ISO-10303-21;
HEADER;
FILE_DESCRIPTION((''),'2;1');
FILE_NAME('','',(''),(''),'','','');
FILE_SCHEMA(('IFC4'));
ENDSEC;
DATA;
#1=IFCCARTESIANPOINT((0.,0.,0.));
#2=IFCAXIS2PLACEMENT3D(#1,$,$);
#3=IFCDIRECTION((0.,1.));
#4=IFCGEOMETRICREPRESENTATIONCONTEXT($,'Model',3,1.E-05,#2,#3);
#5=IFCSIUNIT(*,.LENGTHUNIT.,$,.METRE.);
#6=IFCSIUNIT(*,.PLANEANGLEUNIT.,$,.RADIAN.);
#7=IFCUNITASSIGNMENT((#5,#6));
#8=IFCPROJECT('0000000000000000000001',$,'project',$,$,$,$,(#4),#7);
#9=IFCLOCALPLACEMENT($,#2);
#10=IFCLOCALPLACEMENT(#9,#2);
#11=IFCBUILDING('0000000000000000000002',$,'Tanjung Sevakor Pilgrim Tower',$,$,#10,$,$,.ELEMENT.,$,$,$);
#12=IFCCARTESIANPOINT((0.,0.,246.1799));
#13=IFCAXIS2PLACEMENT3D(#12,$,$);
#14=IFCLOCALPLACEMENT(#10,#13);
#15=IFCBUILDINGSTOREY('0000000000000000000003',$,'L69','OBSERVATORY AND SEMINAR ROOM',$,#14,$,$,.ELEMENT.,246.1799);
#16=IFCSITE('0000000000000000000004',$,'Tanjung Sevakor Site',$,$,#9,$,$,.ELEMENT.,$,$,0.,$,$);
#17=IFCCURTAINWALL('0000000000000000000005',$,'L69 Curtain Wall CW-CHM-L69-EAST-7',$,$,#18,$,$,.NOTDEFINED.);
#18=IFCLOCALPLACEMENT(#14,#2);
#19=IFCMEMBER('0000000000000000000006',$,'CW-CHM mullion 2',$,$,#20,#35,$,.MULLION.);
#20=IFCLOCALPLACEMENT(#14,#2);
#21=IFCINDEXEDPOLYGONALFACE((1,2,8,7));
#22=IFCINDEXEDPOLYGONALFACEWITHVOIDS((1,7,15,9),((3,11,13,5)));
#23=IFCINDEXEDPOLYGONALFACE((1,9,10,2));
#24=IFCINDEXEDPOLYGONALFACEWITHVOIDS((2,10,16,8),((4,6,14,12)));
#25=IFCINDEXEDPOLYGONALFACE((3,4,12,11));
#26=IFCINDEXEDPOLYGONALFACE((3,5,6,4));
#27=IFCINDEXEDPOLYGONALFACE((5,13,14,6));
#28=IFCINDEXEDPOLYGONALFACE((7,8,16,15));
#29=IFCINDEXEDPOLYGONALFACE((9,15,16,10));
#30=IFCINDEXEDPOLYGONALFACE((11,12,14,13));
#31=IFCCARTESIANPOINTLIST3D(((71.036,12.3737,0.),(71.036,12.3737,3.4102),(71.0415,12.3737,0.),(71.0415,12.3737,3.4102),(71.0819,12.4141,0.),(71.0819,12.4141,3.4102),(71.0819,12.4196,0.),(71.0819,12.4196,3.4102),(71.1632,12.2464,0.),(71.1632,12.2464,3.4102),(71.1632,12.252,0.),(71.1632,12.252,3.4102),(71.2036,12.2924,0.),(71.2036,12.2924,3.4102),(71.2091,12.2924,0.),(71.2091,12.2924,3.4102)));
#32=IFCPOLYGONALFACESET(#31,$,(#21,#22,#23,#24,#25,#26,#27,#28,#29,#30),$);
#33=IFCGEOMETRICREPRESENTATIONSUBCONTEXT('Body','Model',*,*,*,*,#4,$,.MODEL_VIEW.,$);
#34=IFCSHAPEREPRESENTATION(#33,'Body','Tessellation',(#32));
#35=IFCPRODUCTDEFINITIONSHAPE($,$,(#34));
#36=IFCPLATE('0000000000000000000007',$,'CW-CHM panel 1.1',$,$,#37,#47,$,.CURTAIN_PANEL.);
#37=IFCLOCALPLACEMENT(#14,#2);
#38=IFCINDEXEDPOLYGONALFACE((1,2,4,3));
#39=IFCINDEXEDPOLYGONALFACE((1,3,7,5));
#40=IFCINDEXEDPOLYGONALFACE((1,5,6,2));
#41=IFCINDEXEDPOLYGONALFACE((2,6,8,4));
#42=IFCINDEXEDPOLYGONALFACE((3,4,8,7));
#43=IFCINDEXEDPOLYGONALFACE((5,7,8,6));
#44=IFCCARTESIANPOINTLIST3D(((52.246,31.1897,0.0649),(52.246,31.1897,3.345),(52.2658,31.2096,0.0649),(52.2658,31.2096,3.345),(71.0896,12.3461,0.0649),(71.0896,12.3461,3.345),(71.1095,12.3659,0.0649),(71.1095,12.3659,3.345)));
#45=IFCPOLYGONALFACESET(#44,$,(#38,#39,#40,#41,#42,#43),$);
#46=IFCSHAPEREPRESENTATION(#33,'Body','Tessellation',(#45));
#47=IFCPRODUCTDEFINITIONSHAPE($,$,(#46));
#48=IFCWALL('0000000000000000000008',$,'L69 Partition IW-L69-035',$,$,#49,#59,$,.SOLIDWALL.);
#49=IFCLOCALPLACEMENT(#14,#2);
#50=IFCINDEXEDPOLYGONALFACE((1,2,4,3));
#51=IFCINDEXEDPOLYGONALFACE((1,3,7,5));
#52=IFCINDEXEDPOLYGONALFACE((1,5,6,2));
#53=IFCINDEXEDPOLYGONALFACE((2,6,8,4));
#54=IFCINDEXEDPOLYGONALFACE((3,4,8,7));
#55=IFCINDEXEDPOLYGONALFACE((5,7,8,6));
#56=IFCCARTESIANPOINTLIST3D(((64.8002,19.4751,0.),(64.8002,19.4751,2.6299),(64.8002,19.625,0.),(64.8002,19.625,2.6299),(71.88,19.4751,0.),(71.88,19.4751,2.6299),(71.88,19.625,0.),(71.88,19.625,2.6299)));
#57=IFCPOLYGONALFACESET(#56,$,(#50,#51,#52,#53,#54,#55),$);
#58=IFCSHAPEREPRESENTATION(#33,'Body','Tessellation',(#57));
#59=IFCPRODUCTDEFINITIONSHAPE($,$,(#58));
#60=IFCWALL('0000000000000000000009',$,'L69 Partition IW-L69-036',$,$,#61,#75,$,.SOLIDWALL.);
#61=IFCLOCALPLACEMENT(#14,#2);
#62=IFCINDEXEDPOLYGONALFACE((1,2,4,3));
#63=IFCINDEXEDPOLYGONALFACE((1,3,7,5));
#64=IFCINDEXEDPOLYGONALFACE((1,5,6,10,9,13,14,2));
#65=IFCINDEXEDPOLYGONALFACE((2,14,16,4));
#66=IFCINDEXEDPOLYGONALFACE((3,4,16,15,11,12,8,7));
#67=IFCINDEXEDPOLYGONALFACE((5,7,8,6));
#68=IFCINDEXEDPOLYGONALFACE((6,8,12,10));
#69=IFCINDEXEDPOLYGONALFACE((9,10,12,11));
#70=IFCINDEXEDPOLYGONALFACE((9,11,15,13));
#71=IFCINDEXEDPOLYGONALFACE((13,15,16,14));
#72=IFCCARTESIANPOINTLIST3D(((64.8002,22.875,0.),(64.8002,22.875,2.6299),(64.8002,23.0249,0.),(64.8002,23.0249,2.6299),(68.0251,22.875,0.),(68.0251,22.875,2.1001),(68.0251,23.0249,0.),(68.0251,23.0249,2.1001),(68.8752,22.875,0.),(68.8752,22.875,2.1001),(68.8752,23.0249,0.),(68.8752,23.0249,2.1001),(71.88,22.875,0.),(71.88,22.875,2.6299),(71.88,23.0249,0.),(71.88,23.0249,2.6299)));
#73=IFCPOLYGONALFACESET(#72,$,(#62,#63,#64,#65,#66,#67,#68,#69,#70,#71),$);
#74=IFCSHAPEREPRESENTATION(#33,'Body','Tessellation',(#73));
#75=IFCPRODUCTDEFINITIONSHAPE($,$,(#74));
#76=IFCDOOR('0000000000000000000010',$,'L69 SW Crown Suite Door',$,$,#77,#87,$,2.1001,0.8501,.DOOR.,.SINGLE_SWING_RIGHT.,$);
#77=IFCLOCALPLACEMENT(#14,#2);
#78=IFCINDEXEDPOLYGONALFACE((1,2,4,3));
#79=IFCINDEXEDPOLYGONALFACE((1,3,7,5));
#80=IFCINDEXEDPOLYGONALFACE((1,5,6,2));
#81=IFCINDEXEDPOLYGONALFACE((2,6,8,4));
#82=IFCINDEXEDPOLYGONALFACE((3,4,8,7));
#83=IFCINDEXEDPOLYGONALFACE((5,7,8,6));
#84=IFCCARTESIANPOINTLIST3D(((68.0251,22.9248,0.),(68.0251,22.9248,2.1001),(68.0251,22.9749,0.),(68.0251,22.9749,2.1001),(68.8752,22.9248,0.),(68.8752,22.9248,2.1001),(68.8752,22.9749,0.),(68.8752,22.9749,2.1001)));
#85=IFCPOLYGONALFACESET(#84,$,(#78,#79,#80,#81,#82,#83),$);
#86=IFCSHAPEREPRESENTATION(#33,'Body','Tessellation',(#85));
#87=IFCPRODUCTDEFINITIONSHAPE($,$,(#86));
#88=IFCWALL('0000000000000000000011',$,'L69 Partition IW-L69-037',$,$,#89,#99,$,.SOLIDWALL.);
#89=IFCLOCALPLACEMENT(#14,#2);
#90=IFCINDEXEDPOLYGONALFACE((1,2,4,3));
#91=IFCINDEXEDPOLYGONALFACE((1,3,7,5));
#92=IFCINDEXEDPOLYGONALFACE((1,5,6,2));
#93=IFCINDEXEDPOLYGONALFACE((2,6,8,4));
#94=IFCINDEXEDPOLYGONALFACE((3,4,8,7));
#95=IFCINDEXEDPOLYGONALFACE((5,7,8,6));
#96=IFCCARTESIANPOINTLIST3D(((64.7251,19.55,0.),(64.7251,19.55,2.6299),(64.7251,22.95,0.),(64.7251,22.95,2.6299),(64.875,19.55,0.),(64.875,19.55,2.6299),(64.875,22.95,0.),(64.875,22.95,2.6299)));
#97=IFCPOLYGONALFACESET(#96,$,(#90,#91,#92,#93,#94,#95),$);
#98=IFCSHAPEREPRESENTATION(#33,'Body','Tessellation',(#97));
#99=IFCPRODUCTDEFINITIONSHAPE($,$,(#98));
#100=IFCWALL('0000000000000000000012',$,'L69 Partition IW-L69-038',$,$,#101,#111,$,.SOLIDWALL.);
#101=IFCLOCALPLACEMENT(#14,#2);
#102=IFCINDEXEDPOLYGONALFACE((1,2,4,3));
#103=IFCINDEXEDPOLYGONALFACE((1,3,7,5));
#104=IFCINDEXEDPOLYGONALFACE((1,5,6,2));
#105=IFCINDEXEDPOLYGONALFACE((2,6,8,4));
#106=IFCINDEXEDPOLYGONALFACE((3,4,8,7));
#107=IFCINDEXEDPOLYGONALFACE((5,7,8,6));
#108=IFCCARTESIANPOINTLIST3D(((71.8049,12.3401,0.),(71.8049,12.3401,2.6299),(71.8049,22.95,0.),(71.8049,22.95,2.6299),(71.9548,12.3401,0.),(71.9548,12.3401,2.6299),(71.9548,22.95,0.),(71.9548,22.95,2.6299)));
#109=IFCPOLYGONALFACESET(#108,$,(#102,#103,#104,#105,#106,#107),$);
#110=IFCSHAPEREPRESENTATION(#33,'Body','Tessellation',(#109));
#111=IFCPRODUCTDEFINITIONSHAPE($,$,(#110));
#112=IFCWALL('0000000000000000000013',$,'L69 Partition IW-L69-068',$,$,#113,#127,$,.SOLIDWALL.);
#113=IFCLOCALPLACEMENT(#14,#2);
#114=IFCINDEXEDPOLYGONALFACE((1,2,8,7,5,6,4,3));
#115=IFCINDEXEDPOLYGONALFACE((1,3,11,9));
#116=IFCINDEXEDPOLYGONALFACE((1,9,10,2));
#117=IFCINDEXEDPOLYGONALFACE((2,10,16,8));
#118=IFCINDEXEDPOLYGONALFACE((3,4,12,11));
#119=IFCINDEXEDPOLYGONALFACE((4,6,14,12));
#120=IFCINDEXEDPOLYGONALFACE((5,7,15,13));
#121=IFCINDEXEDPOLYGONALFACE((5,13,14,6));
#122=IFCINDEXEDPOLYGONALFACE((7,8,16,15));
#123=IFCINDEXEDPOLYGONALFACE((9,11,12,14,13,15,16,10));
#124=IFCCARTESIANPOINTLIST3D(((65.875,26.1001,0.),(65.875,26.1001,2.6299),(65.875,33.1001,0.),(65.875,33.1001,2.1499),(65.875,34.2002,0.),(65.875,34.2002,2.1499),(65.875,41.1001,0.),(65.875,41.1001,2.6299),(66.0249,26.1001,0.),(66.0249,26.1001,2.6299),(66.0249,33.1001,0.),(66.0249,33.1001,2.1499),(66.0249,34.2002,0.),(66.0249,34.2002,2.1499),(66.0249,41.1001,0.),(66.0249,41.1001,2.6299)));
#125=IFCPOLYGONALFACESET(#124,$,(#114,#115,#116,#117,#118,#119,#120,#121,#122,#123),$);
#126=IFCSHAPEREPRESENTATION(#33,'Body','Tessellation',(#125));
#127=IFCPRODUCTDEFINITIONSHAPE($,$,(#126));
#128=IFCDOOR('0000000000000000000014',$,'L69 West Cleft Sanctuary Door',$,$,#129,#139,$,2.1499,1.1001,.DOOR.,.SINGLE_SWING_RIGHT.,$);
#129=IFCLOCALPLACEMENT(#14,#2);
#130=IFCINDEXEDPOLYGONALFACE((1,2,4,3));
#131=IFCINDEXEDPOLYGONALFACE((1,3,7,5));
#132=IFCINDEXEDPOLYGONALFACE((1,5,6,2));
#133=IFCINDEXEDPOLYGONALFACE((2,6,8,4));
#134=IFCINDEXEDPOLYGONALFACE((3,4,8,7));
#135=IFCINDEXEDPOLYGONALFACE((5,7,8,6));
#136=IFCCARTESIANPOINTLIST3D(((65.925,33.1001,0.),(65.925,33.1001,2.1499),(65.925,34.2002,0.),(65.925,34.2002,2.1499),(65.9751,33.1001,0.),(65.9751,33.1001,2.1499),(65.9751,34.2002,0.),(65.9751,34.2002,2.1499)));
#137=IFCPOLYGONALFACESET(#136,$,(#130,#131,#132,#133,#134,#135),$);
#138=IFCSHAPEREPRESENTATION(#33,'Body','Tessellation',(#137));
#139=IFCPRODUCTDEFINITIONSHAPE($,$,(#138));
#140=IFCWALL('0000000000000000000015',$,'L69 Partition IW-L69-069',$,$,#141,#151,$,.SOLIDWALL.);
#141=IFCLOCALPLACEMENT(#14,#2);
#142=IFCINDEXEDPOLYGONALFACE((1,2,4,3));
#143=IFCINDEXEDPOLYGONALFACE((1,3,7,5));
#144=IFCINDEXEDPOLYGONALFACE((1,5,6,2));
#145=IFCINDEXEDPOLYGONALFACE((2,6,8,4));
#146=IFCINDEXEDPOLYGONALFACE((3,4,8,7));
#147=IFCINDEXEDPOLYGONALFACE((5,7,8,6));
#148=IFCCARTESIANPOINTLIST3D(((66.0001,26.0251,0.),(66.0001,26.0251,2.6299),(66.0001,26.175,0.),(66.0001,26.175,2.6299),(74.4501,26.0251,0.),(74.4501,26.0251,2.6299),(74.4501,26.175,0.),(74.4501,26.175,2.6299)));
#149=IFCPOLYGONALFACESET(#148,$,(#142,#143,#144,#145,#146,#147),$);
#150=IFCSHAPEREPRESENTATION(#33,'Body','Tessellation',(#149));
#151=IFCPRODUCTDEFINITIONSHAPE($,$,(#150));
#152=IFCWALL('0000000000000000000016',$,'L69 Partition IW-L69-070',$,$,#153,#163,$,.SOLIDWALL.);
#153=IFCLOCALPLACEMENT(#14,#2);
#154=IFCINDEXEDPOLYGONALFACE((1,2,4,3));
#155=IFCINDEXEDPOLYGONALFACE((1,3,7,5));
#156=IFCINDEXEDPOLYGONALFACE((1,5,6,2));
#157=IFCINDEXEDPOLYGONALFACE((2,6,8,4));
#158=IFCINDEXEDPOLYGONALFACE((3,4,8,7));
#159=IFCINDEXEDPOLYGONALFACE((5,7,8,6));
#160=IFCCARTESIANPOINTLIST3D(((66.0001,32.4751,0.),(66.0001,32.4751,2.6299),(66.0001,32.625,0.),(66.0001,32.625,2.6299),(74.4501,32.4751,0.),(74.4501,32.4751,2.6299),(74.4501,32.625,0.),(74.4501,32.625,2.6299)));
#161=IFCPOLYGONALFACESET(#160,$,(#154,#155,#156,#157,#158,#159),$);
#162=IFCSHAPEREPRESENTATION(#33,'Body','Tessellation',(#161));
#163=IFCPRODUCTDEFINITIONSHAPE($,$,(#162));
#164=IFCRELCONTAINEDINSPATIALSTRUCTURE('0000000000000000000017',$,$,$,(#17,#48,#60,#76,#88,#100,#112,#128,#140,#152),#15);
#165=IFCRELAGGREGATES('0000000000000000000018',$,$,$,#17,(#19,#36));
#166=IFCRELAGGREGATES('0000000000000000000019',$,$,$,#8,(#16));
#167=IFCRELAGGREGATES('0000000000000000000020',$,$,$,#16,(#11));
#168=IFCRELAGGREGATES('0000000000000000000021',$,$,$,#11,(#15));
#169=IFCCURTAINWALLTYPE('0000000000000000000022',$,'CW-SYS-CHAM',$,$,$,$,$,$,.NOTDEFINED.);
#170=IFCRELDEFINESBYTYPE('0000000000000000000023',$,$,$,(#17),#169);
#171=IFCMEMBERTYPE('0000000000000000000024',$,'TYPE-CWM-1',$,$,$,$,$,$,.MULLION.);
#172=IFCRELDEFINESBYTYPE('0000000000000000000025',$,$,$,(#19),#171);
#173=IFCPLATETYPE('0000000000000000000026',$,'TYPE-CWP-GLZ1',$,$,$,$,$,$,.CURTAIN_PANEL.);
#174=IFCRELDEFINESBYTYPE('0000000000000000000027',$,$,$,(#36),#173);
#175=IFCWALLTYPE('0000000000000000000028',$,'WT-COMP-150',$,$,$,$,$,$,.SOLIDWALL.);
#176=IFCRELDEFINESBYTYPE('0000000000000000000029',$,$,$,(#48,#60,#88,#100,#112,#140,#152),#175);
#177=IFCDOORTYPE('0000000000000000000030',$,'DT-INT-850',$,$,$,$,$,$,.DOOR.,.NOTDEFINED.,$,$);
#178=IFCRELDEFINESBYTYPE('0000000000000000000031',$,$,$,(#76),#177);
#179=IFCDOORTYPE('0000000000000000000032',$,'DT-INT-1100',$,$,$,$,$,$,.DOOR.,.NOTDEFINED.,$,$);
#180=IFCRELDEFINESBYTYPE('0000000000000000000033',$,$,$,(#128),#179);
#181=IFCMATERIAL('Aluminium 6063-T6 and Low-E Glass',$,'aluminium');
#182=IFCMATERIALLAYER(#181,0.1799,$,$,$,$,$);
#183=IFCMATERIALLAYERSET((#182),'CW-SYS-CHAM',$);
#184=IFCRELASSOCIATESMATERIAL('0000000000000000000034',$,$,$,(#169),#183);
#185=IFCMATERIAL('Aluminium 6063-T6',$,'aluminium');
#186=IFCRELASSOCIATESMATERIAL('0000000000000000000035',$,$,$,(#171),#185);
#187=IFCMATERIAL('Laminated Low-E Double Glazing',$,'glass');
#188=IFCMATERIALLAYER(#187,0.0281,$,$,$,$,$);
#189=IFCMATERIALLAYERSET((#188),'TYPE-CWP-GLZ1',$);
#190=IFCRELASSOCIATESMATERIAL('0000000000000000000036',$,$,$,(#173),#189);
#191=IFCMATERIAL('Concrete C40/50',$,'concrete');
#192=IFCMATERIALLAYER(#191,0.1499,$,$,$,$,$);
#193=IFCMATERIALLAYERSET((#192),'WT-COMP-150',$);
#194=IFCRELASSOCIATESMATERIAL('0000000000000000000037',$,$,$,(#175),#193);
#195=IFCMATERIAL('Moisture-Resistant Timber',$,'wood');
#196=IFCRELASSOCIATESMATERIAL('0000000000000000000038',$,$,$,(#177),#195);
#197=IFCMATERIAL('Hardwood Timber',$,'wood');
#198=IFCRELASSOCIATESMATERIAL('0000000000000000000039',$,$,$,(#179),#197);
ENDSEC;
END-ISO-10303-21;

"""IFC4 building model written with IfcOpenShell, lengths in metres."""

from ifc_helpers import new_model, si_unit, direction, frame, frame_2d, origin, origin_2d, place, context, subcontext, project, spatial, rectangle, hollow_rectangle, extrude, material, layer, layer_set, material_profile, profile_set, type_object, element, fill, aggregate, save


model = new_model("IFC4")

# Units and contexts
model_context = context("Model", 3, precision=1e-05, world=origin(), true_north=direction((0.0, 1.0)))
body_context = subcontext(model_context, "Body", "Model", "MODEL_VIEW")
ifc_project = project(units=[si_unit("LENGTHUNIT", "METRE"), si_unit("PLANEANGLEUNIT", "RADIAN")], contexts=[model_context])

# Site, building, storey
site_placement = place(None, origin())
site = spatial("IfcSite", under=ifc_project, at=site_placement, Name="Tanjung Sevakor Site", CompositionType="ELEMENT", RefElevation=0.0)
building_placement = place(site_placement, origin())
building = spatial("IfcBuilding", under=site, at=building_placement, Name="Tanjung Sevakor Pilgrim Tower", CompositionType="ELEMENT")
storey_placement = place(building_placement, frame((0.0, 0.0, 246.1799)))
storey = spatial("IfcBuildingStorey", under=building, at=storey_placement, Name="L69", Description="OBSERVATORY AND SEMINAR ROOM", CompositionType="ELEMENT", Elevation=246.1799)

# Curtain wall, member, plate
ifc_material_1 = material(Name="Aluminium 6063-T6 and Low-E Glass", Category="aluminium")
ifc_layer_1 = layer(ifc_material_1, 0.1799)
ifc_layer_set_1 = layer_set([ifc_layer_1], Name="CW-SYS-CHAM")
curtain_wall_type = type_object("IfcCurtainWallType", Name="CW-SYS-CHAM", PredefinedType="NOTDEFINED", material=ifc_layer_set_1)
curtain_wall_placement = place(storey_placement, origin())
curtain_wall = element("IfcCurtainWall", 1, at=curtain_wall_placement, inside=storey, type_object=curtain_wall_type, Name="L69 Curtain Wall CW-CHM-L69-EAST-7", PredefinedType="NOTDEFINED")
ifc_material_2 = material(Name="Aluminium 6063-T6", Category="aluminium")
ifc_material_profile_1 = material_profile(ifc_material_2, hollow_rectangle(XDim=0.0649, YDim=0.1799, WallThickness=0.0039, at=origin_2d()))
ifc_profile_set_1 = profile_set([ifc_material_profile_1], Name="Aluminium 6063-T6")
member_type = type_object("IfcMemberType", Name="TYPE-CWM-1", PredefinedType="MULLION", material=ifc_profile_set_1)
member_placement = place(storey_placement, frame((71.1226, 12.333, 0.0), z_axis=(0.0, 0.0, 1.0), x_axis=(0.707107, 0.707107, 0.0)))
member = element("IfcMember", 2, at=member_placement, type_object=member_type, Name="CW-CHM mullion 2", PredefinedType="MULLION", context=body_context, shape_type="SweptSolid", body=[
    extrude(hollow_rectangle(XDim=0.0649, YDim=0.1799, WallThickness=0.0039, at=origin_2d()), origin(), (0.0, 0.0, 1.0), 3.4102),
])
ifc_material_3 = material(Name="Laminated Low-E Double Glazing", Category="glass")
ifc_layer_2 = layer(ifc_material_3, 0.0281)
ifc_layer_set_2 = layer_set([ifc_layer_2], Name="TYPE-CWP-GLZ1")
plate_type = type_object("IfcPlateType", Name="TYPE-CWP-GLZ1", PredefinedType="CURTAIN_PANEL", material=ifc_layer_set_2)
plate_placement = place(storey_placement, frame((61.6777, 21.7778, 0.0649), z_axis=(0.0, 0.0, 1.0), x_axis=(0.707107, -0.707107, 0.0)))
plate = element("IfcPlate", 3, at=plate_placement, type_object=plate_type, Name="CW-CHM panel 1.1", PredefinedType="CURTAIN_PANEL", context=body_context, shape_type="SweptSolid", body=[
    extrude(rectangle(XDim=26.6489, YDim=0.0281, at=origin_2d()), origin(), (0.0, 0.0, 1.0), 3.28),
])
aggregate(curtain_wall, [member, plate])

# Wall
ifc_material_4 = material(Name="Concrete C40/50", Category="concrete")
ifc_layer_3 = layer(ifc_material_4, 0.1499)
ifc_layer_set_3 = layer_set([ifc_layer_3], Name="WT-COMP-150")
wall_type_1 = type_object("IfcWallType", Name="WT-COMP-150", PredefinedType="SOLIDWALL", material=ifc_layer_set_3)
wall_1_placement = place(storey_placement, frame((64.8, 19.55, 0.0), z_axis=(0.0, 0.0, 1.0), x_axis=(1.0, 0.0, 0.0)))
element("IfcWall", 4, at=wall_1_placement, inside=storey, type_object=wall_type_1, Name="L69 Partition IW-L69-035", PredefinedType="SOLIDWALL", context=body_context, shape_type="SweptSolid", body=[
    extrude(rectangle(XDim=7.0798, YDim=0.1499, at=frame_2d((3.54, 0.0))), origin(), (0.0, 0.0, 1.0), 2.6299),
])

# Wall, opening, door
wall_2_placement = place(storey_placement, frame((64.8, 22.95, 0.0), z_axis=(0.0, 0.0, 1.0), x_axis=(1.0, 0.0, 0.0)))
wall_2 = element("IfcWall", 5, at=wall_2_placement, inside=storey, type_object=wall_type_1, Name="L69 Partition IW-L69-036", PredefinedType="SOLIDWALL", context=body_context, shape_type="SweptSolid", body=[
    extrude(rectangle(XDim=7.0798, YDim=0.1499, at=frame_2d((3.54, 0.0))), origin(), (0.0, 0.0, 1.0), 2.6299),
])
opening_1_placement = place(wall_2_placement, frame((3.2251, 0.0, 0.0)))
opening_1 = element("IfcOpeningElement", 6, at=opening_1_placement, cuts=wall_2, PredefinedType="OPENING", context=body_context, shape_type="SweptSolid", body=[
    extrude(rectangle(XDim=0.8501, YDim=2.1001, at=frame_2d((0.425, 1.05))), frame((0.0, 0.085, 0.0), z_axis=(0.0, -1.0, 0.0), x_axis=(1.0, 0.0, 0.0)), (0.0, 0.0, 1.0), 0.1699),
])
ifc_material_5 = material(Name="Moisture-Resistant Timber", Category="wood")
door_type_1 = type_object("IfcDoorType", Name="DT-INT-850", OperationType="NOTDEFINED", PredefinedType="DOOR", material=ifc_material_5)
door_1_placement = place(opening_1_placement, origin())
door_1 = element("IfcDoor", 7, at=door_1_placement, inside=storey, type_object=door_type_1, Name="L69 SW Crown Suite Door", OperationType="SINGLE_SWING_RIGHT", OverallHeight=2.1001, OverallWidth=0.8501, PredefinedType="DOOR", context=body_context, shape_type="SweptSolid", body=[
    extrude(rectangle(XDim=0.8501, YDim=2.1001, at=frame_2d((0.425, 1.05))), frame((0.0, 0.0249, 0.0), z_axis=(0.0, -1.0, 0.0), x_axis=(1.0, 0.0, 0.0)), (0.0, 0.0, 1.0), 0.05),
])
fill(opening_1, door_1)

# Walls
wall_3_placement = place(storey_placement, frame((64.8, 19.55, 0.0), z_axis=(0.0, 0.0, 1.0), x_axis=(0.0, 1.0, 0.0)))
element("IfcWall", 8, at=wall_3_placement, inside=storey, type_object=wall_type_1, Name="L69 Partition IW-L69-037", PredefinedType="SOLIDWALL", context=body_context, shape_type="SweptSolid", body=[
    extrude(rectangle(XDim=3.3999, YDim=0.1499, at=frame_2d((1.7, 0.0))), origin(), (0.0, 0.0, 1.0), 2.6299),
])
wall_4_placement = place(storey_placement, frame((71.8799, 12.3401, 0.0), z_axis=(0.0, 0.0, 1.0), x_axis=(0.0, 1.0, 0.0)))
element("IfcWall", 9, at=wall_4_placement, inside=storey, type_object=wall_type_1, Name="L69 Partition IW-L69-038", PredefinedType="SOLIDWALL", context=body_context, shape_type="SweptSolid", body=[
    extrude(rectangle(XDim=10.6099, YDim=0.1499, at=frame_2d((5.3049, 0.0))), origin(), (0.0, 0.0, 1.0), 2.6299),
])

# Wall, opening, door
wall_5_placement = place(storey_placement, frame((65.95, 26.1001, 0.0), z_axis=(0.0, 0.0, 1.0), x_axis=(0.0, 1.0, 0.0)))
wall_5 = element("IfcWall", 10, at=wall_5_placement, inside=storey, type_object=wall_type_1, Name="L69 Partition IW-L69-068", PredefinedType="SOLIDWALL", context=body_context, shape_type="SweptSolid", body=[
    extrude(rectangle(XDim=15.0, YDim=0.1499, at=frame_2d((7.5, 0.0))), origin(), (0.0, 0.0, 1.0), 2.6299),
])
opening_2_placement = place(wall_5_placement, frame((7.0, 0.0, 0.0)))
opening_2 = element("IfcOpeningElement", 11, at=opening_2_placement, cuts=wall_5, PredefinedType="OPENING", context=body_context, shape_type="SweptSolid", body=[
    extrude(rectangle(XDim=1.1001, YDim=2.1499, at=frame_2d((0.55, 1.075))), frame((0.0, 0.085, 0.0), z_axis=(0.0, -1.0, 0.0), x_axis=(1.0, 0.0, 0.0)), (0.0, 0.0, 1.0), 0.1699),
])
ifc_material_6 = material(Name="Hardwood Timber", Category="wood")
door_type_2 = type_object("IfcDoorType", Name="DT-INT-1100", OperationType="NOTDEFINED", PredefinedType="DOOR", material=ifc_material_6)
door_2_placement = place(opening_2_placement, origin())
door_2 = element("IfcDoor", 12, at=door_2_placement, inside=storey, type_object=door_type_2, Name="L69 West Cleft Sanctuary Door", OperationType="SINGLE_SWING_RIGHT", OverallHeight=2.1499, OverallWidth=1.1001, PredefinedType="DOOR", context=body_context, shape_type="SweptSolid", body=[
    extrude(rectangle(XDim=1.1001, YDim=2.1499, at=frame_2d((0.55, 1.075))), frame((0.0, 0.0249, 0.0), z_axis=(0.0, -1.0, 0.0), x_axis=(1.0, 0.0, 0.0)), (0.0, 0.0, 1.0), 0.05),
])
fill(opening_2, door_2)

# Walls
for number, where, z_axis, x_axis, name in (
    (13, (66.0, 26.1001, 0.0), (0.0, 0.0, 1.0), (1.0, 0.0, 0.0), "L69 Partition IW-L69-069"),
    (14, (66.0, 32.55, 0.0), (0.0, 0.0, 1.0), (1.0, 0.0, 0.0), "L69 Partition IW-L69-070"),
):
    element("IfcWall", number, at=place(storey_placement, frame(where, z_axis=z_axis, x_axis=x_axis)), inside=storey, type_object=wall_type_1, Name=name, PredefinedType="SOLIDWALL", context=body_context, shape_type="SweptSolid", body=[
        extrude(rectangle(XDim=8.45, YDim=0.1499, at=frame_2d((4.2251, 0.0))), origin(), (0.0, 0.0, 1.0), 2.6299),
    ])

save(model, "model.ifc")
